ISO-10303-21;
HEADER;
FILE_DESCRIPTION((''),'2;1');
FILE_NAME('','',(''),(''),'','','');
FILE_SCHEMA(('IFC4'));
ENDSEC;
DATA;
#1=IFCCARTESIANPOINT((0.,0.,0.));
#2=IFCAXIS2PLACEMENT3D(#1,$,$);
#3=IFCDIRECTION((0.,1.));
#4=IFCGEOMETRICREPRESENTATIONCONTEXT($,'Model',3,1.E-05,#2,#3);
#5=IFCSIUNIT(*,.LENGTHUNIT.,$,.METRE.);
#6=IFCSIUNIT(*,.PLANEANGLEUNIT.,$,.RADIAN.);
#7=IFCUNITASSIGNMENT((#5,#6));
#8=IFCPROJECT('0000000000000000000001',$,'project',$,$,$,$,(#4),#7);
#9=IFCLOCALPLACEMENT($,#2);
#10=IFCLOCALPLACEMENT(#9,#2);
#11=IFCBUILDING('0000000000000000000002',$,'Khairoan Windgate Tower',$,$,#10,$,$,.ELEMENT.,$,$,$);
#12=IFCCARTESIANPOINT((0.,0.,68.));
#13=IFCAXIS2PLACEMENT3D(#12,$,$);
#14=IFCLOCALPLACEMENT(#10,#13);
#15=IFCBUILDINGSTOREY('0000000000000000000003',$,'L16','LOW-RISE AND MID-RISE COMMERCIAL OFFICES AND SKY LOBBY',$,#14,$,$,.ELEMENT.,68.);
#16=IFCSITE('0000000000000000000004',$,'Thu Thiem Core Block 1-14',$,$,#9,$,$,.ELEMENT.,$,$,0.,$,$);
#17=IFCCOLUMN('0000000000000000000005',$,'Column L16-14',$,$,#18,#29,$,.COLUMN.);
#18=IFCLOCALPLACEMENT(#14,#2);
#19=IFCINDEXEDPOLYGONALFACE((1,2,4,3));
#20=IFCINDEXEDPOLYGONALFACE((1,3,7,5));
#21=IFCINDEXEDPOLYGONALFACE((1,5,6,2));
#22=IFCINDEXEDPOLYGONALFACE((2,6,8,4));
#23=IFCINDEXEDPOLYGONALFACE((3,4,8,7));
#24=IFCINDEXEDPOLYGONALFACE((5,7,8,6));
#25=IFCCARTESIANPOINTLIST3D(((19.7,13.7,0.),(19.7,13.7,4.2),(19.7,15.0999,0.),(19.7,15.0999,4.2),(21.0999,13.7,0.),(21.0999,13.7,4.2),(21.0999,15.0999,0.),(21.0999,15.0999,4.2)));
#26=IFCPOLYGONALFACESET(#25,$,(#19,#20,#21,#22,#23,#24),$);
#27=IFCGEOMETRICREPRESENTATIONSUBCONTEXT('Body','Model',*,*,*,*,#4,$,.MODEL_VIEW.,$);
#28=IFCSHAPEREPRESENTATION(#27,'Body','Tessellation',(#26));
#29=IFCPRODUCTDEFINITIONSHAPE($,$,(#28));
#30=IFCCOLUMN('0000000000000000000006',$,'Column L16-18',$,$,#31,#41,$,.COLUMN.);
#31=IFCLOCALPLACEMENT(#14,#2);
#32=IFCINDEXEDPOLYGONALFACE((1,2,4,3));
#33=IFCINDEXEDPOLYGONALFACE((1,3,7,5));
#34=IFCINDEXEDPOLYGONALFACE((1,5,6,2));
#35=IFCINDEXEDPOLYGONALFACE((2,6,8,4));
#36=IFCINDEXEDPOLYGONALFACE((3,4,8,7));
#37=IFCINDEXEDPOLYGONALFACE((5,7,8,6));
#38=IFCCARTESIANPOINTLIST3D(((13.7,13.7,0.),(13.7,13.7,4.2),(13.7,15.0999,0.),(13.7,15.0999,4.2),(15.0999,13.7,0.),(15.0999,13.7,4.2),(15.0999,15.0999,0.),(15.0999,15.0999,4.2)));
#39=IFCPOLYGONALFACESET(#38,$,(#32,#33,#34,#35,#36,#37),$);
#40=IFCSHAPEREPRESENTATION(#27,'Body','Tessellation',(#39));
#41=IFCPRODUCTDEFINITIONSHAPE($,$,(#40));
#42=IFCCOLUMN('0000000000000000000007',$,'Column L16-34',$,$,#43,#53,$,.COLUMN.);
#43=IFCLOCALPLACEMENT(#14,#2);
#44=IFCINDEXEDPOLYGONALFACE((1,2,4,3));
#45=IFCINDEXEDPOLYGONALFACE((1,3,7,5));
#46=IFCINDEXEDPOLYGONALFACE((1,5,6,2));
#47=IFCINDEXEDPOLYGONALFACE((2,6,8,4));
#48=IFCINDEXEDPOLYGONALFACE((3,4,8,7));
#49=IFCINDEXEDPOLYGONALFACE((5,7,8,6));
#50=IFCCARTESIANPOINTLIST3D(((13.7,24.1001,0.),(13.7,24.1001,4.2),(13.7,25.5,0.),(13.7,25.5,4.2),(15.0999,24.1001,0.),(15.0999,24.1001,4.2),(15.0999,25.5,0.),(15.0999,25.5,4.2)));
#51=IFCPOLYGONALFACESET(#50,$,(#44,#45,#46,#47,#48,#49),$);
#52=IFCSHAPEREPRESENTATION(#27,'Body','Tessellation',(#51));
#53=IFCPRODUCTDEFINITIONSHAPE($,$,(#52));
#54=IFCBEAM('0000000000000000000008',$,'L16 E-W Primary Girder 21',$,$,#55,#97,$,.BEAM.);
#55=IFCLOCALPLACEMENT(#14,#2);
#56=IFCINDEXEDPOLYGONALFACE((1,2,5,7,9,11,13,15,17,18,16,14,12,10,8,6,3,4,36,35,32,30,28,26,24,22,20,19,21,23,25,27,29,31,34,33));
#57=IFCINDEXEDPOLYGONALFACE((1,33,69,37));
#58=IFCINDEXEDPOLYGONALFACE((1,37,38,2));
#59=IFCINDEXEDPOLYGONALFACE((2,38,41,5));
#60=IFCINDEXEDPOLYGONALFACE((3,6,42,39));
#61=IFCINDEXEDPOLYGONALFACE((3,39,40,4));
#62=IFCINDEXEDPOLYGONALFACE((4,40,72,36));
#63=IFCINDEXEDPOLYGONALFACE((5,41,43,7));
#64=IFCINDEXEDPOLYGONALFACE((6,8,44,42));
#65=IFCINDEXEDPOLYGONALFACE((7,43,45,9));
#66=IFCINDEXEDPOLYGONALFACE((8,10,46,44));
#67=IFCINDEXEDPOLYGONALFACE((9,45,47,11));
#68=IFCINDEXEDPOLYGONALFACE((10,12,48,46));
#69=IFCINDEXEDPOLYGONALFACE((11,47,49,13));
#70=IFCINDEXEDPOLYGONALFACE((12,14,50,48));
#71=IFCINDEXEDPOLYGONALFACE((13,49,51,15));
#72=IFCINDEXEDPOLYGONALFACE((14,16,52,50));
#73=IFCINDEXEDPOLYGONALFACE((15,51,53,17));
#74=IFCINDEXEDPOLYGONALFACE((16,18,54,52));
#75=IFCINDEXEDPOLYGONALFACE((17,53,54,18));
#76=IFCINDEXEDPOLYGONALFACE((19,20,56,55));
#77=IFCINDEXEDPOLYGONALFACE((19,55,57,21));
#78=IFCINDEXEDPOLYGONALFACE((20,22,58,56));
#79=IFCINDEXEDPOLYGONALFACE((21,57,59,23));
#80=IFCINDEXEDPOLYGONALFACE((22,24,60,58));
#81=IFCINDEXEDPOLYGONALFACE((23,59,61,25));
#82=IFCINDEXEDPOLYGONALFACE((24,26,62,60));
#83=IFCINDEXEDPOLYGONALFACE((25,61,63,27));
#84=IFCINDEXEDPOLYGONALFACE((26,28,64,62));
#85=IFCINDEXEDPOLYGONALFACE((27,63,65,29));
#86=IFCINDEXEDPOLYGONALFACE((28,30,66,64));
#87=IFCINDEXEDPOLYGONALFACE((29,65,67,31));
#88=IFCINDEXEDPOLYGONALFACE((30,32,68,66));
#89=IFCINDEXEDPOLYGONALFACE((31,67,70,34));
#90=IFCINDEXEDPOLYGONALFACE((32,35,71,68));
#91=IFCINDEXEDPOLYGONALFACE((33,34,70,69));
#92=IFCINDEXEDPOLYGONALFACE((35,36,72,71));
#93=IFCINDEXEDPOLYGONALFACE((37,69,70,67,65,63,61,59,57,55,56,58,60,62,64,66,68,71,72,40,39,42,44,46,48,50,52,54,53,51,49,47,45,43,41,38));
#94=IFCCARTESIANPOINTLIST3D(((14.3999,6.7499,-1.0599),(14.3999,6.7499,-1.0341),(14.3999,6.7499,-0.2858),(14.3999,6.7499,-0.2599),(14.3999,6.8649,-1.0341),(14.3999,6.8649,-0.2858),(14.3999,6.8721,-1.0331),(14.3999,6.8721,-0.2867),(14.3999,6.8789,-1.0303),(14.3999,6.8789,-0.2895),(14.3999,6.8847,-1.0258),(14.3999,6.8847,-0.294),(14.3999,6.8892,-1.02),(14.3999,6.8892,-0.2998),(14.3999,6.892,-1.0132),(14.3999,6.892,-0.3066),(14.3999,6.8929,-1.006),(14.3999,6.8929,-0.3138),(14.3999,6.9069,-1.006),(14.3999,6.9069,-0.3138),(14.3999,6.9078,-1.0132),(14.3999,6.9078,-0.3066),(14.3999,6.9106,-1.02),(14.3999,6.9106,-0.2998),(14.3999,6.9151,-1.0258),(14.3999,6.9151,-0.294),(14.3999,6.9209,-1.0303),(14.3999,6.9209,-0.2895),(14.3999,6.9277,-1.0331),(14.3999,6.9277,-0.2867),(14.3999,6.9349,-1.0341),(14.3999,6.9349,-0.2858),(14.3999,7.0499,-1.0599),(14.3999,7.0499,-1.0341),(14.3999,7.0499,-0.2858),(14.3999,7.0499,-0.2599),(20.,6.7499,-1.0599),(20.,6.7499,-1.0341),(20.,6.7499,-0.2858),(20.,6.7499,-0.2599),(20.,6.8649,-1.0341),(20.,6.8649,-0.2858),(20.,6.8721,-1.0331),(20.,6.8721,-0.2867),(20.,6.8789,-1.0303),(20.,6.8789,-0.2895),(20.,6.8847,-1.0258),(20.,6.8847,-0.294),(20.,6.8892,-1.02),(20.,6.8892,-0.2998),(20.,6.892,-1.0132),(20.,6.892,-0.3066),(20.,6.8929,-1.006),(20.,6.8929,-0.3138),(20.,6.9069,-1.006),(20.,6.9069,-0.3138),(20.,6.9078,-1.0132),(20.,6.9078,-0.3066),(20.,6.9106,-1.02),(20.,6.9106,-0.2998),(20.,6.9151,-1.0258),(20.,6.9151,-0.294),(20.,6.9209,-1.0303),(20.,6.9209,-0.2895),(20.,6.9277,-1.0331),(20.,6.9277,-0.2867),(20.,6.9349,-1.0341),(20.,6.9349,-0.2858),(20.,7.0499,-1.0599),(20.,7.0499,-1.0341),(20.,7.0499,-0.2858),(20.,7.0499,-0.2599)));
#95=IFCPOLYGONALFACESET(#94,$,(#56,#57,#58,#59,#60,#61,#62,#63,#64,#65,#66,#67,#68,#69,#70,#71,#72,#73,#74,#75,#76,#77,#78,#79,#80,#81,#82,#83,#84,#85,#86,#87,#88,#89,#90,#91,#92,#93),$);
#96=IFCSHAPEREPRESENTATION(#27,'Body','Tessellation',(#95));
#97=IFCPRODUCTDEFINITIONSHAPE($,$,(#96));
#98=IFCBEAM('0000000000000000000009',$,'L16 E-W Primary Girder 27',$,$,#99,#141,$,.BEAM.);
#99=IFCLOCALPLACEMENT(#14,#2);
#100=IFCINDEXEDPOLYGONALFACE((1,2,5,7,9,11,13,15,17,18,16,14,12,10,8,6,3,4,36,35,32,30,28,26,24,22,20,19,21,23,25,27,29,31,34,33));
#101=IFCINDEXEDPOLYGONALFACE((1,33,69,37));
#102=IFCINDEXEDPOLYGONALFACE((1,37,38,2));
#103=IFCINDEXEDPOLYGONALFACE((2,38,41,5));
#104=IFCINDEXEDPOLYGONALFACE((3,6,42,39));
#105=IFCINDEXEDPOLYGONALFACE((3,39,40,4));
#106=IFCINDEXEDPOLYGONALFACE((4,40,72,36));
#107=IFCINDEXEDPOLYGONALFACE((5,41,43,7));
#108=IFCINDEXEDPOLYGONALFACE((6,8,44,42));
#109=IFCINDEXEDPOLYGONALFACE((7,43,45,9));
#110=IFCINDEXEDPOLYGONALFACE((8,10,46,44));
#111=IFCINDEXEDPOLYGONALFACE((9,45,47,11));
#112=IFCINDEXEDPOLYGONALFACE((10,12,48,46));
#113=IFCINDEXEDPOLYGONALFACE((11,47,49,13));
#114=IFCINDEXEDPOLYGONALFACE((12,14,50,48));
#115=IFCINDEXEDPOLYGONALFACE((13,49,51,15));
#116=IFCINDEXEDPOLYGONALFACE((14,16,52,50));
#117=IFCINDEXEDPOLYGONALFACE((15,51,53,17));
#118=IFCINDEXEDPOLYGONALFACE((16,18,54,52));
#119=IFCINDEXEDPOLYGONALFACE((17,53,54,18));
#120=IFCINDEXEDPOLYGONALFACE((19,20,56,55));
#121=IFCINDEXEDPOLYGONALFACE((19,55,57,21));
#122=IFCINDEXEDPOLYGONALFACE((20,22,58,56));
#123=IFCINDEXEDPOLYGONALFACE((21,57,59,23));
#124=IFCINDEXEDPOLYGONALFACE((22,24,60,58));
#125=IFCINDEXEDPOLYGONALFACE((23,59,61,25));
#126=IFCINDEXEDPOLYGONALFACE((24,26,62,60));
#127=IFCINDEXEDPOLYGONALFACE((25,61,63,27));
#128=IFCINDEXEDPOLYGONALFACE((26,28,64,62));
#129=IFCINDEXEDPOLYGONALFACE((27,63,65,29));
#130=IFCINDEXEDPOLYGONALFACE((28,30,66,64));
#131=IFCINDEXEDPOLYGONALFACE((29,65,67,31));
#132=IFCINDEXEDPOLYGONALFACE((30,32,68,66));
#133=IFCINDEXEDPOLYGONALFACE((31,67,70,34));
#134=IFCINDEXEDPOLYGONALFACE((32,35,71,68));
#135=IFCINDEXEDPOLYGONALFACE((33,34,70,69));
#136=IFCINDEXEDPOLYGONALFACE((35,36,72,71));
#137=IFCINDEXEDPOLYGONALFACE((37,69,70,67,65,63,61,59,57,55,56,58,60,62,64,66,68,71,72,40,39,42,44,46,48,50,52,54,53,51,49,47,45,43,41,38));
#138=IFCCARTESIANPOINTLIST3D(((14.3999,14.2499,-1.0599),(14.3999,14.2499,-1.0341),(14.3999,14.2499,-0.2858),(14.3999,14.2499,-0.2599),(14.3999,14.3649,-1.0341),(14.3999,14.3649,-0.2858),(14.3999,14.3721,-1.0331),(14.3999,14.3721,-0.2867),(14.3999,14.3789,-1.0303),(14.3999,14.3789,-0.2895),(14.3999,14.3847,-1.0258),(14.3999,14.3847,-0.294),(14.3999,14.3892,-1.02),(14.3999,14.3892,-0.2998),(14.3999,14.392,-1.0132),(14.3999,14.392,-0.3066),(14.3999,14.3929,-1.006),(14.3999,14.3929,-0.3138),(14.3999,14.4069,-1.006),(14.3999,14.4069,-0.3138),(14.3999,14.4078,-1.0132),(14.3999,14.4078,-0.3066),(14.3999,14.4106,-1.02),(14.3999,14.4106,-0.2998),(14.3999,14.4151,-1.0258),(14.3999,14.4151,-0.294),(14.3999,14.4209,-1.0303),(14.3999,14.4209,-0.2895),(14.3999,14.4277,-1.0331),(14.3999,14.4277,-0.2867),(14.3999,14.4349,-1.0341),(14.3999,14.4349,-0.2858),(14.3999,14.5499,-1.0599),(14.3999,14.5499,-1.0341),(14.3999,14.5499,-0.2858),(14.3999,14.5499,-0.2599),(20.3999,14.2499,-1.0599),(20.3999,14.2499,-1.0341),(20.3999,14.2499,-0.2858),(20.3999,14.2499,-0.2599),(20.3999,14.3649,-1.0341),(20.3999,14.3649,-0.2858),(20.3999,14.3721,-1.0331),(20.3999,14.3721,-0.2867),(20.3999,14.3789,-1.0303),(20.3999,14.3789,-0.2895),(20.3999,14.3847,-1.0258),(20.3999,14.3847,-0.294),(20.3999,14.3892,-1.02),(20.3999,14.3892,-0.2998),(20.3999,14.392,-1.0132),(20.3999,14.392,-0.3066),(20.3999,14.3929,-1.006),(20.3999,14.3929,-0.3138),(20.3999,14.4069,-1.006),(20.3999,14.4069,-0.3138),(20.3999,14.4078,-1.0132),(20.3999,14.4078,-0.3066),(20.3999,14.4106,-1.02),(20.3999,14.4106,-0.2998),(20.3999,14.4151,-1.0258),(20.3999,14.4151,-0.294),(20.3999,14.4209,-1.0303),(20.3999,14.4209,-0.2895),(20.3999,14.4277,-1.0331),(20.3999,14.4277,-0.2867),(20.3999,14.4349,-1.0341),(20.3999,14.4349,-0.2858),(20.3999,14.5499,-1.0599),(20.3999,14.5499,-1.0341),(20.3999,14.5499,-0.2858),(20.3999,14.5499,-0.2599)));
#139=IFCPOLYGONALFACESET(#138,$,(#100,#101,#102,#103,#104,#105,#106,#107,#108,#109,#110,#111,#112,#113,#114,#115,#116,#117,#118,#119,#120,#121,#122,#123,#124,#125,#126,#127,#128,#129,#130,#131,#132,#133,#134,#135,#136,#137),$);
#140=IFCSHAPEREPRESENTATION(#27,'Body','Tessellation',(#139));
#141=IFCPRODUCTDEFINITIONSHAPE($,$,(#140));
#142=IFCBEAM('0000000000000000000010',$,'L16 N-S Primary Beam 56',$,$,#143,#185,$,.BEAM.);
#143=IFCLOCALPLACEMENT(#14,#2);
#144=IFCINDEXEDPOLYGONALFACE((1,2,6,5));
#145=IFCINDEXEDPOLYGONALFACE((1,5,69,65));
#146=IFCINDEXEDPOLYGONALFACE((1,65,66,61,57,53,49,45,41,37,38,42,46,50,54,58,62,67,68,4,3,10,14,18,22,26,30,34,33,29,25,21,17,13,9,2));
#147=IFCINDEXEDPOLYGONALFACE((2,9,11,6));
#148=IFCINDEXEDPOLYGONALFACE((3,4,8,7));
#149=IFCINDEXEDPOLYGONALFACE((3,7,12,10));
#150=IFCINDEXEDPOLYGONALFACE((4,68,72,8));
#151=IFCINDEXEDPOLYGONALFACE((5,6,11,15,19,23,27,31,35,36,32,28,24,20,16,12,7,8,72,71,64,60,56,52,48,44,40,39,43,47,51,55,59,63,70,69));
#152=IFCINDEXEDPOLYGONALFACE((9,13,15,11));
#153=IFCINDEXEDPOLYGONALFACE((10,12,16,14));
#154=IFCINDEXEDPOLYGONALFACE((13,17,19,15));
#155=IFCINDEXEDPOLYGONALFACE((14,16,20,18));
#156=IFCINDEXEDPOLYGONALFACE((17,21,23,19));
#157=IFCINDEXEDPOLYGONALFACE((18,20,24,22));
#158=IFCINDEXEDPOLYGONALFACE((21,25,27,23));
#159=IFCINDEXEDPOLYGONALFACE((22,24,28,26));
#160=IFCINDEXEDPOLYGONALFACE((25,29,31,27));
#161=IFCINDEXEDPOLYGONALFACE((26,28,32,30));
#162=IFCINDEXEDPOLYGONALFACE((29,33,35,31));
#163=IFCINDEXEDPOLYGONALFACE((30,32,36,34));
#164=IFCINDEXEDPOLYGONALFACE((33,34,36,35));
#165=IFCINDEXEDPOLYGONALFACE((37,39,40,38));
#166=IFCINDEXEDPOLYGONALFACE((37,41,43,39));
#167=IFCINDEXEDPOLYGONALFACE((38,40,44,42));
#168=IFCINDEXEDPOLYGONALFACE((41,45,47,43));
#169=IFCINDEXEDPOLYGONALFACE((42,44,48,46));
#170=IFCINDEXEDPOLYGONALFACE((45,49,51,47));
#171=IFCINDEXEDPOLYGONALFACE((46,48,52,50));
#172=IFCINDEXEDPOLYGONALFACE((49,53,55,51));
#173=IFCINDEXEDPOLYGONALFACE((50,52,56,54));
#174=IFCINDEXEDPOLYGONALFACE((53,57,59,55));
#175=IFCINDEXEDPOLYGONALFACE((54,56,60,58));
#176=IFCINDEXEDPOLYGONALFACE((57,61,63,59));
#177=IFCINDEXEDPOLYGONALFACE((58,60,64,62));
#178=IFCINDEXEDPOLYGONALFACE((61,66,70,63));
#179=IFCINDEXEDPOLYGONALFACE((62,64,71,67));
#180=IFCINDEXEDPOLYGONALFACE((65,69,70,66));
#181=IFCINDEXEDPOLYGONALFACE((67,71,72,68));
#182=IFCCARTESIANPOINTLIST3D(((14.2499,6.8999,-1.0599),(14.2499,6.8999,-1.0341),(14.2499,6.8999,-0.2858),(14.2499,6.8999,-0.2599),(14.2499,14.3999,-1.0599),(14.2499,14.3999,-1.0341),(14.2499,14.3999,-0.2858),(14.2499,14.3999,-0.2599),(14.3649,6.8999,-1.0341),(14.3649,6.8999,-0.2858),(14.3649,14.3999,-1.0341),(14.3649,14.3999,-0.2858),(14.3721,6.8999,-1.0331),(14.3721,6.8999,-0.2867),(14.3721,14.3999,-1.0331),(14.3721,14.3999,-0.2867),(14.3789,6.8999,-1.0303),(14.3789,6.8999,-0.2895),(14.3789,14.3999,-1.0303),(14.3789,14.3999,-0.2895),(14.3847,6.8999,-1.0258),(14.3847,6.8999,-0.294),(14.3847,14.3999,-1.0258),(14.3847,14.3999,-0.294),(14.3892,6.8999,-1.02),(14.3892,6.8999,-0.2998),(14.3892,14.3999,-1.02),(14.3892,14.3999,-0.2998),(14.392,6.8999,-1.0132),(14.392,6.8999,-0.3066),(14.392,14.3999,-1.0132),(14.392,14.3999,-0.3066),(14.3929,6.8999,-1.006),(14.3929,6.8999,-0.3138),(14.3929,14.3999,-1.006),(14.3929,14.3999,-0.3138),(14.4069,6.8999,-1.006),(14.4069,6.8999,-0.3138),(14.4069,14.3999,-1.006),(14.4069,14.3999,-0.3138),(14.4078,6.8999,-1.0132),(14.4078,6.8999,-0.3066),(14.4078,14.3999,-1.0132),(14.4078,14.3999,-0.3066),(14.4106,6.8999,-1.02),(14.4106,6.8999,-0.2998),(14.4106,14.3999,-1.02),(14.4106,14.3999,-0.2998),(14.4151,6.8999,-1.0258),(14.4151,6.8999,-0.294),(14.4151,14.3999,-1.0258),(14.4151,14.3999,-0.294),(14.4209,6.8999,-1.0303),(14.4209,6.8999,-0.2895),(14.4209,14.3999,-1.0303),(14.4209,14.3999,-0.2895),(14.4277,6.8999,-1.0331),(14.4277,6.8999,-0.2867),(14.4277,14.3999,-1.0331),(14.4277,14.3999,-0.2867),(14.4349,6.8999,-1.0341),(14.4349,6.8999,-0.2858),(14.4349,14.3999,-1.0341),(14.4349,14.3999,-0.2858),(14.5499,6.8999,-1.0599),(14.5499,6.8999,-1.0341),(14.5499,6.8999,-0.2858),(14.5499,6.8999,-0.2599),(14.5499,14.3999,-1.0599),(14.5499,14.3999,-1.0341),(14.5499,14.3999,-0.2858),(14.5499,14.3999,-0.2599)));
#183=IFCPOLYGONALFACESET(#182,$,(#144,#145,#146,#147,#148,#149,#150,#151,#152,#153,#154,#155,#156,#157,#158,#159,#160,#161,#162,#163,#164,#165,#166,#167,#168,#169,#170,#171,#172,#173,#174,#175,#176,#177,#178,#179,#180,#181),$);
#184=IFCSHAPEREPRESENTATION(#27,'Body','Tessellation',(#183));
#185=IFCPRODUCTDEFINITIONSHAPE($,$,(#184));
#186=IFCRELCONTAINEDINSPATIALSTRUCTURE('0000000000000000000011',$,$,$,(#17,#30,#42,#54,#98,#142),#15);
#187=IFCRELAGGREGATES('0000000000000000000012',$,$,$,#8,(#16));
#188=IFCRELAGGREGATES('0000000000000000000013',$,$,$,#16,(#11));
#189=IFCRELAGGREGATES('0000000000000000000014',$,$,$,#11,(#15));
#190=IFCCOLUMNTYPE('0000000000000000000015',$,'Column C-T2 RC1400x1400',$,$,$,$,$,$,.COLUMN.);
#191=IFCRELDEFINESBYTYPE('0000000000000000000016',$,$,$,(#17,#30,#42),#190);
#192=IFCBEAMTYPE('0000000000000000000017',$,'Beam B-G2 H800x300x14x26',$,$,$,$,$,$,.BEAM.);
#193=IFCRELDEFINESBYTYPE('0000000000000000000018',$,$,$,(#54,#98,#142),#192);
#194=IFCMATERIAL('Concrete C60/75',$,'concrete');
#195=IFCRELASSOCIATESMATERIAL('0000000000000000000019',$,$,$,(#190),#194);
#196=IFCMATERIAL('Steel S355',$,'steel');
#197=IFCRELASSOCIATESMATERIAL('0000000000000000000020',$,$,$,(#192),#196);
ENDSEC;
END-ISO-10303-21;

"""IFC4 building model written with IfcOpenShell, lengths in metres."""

from ifc_helpers import new_model, si_unit, direction, frame, origin, origin_2d, place, context, subcontext, project, spatial, rectangle, i_section, extrude, material, material_profile, profile_set, type_object, element, save


model = new_model("IFC4")

# Units and contexts
model_context = context("Model", 3, precision=1e-05, world=origin(), true_north=direction((0.0, 1.0)))
body_context = subcontext(model_context, "Body", "Model", "MODEL_VIEW")
ifc_project = project(units=[si_unit("LENGTHUNIT", "METRE"), si_unit("PLANEANGLEUNIT", "RADIAN")], contexts=[model_context])

# Site, building, storey
site_placement = place(None, origin())
site = spatial("IfcSite", under=ifc_project, at=site_placement, Name="Thu Thiem Core Block 1-14", CompositionType="ELEMENT", RefElevation=0.0)
building_placement = place(site_placement, origin())
building = spatial("IfcBuilding", under=site, at=building_placement, Name="Khairoan Windgate Tower", CompositionType="ELEMENT")
storey_placement = place(building_placement, frame((0.0, 0.0, 68.0)))
storey = spatial("IfcBuildingStorey", under=building, at=storey_placement, Name="L16", Description="LOW-RISE AND MID-RISE COMMERCIAL OFFICES AND SKY LOBBY", CompositionType="ELEMENT", Elevation=68.0)

# Columns
ifc_material_1 = material(Name="Concrete C60/75", Category="concrete")
ifc_material_profile_1 = material_profile(ifc_material_1, rectangle(XDim=1.3999, YDim=1.3999, at=origin_2d()))
ifc_profile_set_1 = profile_set([ifc_material_profile_1], Name="Concrete C60/75")
column_type = type_object("IfcColumnType", Name="Column C-T2 RC1400x1400", PredefinedType="COLUMN", material=ifc_profile_set_1)
for number, where, z_axis, x_axis, name in (
    (1, (20.3999, 14.3999, 0.0), (0.0, 0.0, 1.0), (1.0, 0.0, 0.0), "Column L16-14"),
    (2, (14.3999, 14.3999, 0.0), (0.0, 0.0, 1.0), (1.0, 0.0, 0.0), "Column L16-18"),
    (3, (14.3999, 24.8, 0.0), (0.0, 0.0, 1.0), (1.0, 0.0, 0.0), "Column L16-34"),
):
    element("IfcColumn", number, at=place(storey_placement, frame(where, z_axis=z_axis, x_axis=x_axis)), inside=storey, type_object=column_type, Name=name, PredefinedType="COLUMN", context=body_context, shape_type="SweptSolid", body=[
        extrude(rectangle(XDim=1.3999, YDim=1.3999, at=origin_2d()), origin(), (0.0, 0.0, 1.0), 4.2),
    ])

# Beams
ifc_material_2 = material(Name="Steel S355", Category="steel")
ifc_material_profile_2 = material_profile(ifc_material_2, i_section(OverallWidth=0.3, OverallDepth=0.8, WebThickness=0.0139, FlangeThickness=0.0259, FilletRadius=0.0281, at=origin_2d()))
ifc_profile_set_2 = profile_set([ifc_material_profile_2], Name="Steel S355")
beam_type_1 = type_object("IfcBeamType", Name="Beam B-G2 H800x300x14x26", PredefinedType="BEAM", material=ifc_profile_set_2)
beam_1_placement = place(storey_placement, frame((14.3999, 6.8999, -0.6599), z_axis=(1.0, 0.0, 0.0), x_axis=(0.0, 1.0, 0.0)))
element("IfcBeam", 4, at=beam_1_placement, inside=storey, type_object=beam_type_1, Name="L16 E-W Primary Girder 21", PredefinedType="BEAM", context=body_context, shape_type="SweptSolid", body=[
    extrude(i_section(OverallWidth=0.3, OverallDepth=0.8, WebThickness=0.0139, FlangeThickness=0.0259, FilletRadius=0.0281, at=origin_2d()), origin(), (0.0, 0.0, 1.0), 5.6001),
])
beam_2_placement = place(storey_placement, frame((14.3999, 14.3999, -0.6599), z_axis=(1.0, 0.0, 0.0), x_axis=(0.0, 1.0, 0.0)))
element("IfcBeam", 5, at=beam_2_placement, inside=storey, type_object=beam_type_1, Name="L16 E-W Primary Girder 27", PredefinedType="BEAM", context=body_context, shape_type="SweptSolid", body=[
    extrude(i_section(OverallWidth=0.3, OverallDepth=0.8, WebThickness=0.0139, FlangeThickness=0.0259, FilletRadius=0.0281, at=origin_2d()), origin(), (0.0, 0.0, 1.0), 6.0),
])
beam_3_placement = place(storey_placement, frame((14.3999, 6.8999, -0.6599), z_axis=(0.0, 1.0, 0.0), x_axis=(-1.0, 0.0, 0.0)))
element("IfcBeam", 6, at=beam_3_placement, inside=storey, type_object=beam_type_1, Name="L16 N-S Primary Beam 56", PredefinedType="BEAM", context=body_context, shape_type="SweptSolid", body=[
    extrude(i_section(OverallWidth=0.3, OverallDepth=0.8, WebThickness=0.0139, FlangeThickness=0.0259, FilletRadius=0.0281, at=origin_2d()), origin(), (0.0, 0.0, 1.0), 7.5),
])

save(model, "model.ifc")
